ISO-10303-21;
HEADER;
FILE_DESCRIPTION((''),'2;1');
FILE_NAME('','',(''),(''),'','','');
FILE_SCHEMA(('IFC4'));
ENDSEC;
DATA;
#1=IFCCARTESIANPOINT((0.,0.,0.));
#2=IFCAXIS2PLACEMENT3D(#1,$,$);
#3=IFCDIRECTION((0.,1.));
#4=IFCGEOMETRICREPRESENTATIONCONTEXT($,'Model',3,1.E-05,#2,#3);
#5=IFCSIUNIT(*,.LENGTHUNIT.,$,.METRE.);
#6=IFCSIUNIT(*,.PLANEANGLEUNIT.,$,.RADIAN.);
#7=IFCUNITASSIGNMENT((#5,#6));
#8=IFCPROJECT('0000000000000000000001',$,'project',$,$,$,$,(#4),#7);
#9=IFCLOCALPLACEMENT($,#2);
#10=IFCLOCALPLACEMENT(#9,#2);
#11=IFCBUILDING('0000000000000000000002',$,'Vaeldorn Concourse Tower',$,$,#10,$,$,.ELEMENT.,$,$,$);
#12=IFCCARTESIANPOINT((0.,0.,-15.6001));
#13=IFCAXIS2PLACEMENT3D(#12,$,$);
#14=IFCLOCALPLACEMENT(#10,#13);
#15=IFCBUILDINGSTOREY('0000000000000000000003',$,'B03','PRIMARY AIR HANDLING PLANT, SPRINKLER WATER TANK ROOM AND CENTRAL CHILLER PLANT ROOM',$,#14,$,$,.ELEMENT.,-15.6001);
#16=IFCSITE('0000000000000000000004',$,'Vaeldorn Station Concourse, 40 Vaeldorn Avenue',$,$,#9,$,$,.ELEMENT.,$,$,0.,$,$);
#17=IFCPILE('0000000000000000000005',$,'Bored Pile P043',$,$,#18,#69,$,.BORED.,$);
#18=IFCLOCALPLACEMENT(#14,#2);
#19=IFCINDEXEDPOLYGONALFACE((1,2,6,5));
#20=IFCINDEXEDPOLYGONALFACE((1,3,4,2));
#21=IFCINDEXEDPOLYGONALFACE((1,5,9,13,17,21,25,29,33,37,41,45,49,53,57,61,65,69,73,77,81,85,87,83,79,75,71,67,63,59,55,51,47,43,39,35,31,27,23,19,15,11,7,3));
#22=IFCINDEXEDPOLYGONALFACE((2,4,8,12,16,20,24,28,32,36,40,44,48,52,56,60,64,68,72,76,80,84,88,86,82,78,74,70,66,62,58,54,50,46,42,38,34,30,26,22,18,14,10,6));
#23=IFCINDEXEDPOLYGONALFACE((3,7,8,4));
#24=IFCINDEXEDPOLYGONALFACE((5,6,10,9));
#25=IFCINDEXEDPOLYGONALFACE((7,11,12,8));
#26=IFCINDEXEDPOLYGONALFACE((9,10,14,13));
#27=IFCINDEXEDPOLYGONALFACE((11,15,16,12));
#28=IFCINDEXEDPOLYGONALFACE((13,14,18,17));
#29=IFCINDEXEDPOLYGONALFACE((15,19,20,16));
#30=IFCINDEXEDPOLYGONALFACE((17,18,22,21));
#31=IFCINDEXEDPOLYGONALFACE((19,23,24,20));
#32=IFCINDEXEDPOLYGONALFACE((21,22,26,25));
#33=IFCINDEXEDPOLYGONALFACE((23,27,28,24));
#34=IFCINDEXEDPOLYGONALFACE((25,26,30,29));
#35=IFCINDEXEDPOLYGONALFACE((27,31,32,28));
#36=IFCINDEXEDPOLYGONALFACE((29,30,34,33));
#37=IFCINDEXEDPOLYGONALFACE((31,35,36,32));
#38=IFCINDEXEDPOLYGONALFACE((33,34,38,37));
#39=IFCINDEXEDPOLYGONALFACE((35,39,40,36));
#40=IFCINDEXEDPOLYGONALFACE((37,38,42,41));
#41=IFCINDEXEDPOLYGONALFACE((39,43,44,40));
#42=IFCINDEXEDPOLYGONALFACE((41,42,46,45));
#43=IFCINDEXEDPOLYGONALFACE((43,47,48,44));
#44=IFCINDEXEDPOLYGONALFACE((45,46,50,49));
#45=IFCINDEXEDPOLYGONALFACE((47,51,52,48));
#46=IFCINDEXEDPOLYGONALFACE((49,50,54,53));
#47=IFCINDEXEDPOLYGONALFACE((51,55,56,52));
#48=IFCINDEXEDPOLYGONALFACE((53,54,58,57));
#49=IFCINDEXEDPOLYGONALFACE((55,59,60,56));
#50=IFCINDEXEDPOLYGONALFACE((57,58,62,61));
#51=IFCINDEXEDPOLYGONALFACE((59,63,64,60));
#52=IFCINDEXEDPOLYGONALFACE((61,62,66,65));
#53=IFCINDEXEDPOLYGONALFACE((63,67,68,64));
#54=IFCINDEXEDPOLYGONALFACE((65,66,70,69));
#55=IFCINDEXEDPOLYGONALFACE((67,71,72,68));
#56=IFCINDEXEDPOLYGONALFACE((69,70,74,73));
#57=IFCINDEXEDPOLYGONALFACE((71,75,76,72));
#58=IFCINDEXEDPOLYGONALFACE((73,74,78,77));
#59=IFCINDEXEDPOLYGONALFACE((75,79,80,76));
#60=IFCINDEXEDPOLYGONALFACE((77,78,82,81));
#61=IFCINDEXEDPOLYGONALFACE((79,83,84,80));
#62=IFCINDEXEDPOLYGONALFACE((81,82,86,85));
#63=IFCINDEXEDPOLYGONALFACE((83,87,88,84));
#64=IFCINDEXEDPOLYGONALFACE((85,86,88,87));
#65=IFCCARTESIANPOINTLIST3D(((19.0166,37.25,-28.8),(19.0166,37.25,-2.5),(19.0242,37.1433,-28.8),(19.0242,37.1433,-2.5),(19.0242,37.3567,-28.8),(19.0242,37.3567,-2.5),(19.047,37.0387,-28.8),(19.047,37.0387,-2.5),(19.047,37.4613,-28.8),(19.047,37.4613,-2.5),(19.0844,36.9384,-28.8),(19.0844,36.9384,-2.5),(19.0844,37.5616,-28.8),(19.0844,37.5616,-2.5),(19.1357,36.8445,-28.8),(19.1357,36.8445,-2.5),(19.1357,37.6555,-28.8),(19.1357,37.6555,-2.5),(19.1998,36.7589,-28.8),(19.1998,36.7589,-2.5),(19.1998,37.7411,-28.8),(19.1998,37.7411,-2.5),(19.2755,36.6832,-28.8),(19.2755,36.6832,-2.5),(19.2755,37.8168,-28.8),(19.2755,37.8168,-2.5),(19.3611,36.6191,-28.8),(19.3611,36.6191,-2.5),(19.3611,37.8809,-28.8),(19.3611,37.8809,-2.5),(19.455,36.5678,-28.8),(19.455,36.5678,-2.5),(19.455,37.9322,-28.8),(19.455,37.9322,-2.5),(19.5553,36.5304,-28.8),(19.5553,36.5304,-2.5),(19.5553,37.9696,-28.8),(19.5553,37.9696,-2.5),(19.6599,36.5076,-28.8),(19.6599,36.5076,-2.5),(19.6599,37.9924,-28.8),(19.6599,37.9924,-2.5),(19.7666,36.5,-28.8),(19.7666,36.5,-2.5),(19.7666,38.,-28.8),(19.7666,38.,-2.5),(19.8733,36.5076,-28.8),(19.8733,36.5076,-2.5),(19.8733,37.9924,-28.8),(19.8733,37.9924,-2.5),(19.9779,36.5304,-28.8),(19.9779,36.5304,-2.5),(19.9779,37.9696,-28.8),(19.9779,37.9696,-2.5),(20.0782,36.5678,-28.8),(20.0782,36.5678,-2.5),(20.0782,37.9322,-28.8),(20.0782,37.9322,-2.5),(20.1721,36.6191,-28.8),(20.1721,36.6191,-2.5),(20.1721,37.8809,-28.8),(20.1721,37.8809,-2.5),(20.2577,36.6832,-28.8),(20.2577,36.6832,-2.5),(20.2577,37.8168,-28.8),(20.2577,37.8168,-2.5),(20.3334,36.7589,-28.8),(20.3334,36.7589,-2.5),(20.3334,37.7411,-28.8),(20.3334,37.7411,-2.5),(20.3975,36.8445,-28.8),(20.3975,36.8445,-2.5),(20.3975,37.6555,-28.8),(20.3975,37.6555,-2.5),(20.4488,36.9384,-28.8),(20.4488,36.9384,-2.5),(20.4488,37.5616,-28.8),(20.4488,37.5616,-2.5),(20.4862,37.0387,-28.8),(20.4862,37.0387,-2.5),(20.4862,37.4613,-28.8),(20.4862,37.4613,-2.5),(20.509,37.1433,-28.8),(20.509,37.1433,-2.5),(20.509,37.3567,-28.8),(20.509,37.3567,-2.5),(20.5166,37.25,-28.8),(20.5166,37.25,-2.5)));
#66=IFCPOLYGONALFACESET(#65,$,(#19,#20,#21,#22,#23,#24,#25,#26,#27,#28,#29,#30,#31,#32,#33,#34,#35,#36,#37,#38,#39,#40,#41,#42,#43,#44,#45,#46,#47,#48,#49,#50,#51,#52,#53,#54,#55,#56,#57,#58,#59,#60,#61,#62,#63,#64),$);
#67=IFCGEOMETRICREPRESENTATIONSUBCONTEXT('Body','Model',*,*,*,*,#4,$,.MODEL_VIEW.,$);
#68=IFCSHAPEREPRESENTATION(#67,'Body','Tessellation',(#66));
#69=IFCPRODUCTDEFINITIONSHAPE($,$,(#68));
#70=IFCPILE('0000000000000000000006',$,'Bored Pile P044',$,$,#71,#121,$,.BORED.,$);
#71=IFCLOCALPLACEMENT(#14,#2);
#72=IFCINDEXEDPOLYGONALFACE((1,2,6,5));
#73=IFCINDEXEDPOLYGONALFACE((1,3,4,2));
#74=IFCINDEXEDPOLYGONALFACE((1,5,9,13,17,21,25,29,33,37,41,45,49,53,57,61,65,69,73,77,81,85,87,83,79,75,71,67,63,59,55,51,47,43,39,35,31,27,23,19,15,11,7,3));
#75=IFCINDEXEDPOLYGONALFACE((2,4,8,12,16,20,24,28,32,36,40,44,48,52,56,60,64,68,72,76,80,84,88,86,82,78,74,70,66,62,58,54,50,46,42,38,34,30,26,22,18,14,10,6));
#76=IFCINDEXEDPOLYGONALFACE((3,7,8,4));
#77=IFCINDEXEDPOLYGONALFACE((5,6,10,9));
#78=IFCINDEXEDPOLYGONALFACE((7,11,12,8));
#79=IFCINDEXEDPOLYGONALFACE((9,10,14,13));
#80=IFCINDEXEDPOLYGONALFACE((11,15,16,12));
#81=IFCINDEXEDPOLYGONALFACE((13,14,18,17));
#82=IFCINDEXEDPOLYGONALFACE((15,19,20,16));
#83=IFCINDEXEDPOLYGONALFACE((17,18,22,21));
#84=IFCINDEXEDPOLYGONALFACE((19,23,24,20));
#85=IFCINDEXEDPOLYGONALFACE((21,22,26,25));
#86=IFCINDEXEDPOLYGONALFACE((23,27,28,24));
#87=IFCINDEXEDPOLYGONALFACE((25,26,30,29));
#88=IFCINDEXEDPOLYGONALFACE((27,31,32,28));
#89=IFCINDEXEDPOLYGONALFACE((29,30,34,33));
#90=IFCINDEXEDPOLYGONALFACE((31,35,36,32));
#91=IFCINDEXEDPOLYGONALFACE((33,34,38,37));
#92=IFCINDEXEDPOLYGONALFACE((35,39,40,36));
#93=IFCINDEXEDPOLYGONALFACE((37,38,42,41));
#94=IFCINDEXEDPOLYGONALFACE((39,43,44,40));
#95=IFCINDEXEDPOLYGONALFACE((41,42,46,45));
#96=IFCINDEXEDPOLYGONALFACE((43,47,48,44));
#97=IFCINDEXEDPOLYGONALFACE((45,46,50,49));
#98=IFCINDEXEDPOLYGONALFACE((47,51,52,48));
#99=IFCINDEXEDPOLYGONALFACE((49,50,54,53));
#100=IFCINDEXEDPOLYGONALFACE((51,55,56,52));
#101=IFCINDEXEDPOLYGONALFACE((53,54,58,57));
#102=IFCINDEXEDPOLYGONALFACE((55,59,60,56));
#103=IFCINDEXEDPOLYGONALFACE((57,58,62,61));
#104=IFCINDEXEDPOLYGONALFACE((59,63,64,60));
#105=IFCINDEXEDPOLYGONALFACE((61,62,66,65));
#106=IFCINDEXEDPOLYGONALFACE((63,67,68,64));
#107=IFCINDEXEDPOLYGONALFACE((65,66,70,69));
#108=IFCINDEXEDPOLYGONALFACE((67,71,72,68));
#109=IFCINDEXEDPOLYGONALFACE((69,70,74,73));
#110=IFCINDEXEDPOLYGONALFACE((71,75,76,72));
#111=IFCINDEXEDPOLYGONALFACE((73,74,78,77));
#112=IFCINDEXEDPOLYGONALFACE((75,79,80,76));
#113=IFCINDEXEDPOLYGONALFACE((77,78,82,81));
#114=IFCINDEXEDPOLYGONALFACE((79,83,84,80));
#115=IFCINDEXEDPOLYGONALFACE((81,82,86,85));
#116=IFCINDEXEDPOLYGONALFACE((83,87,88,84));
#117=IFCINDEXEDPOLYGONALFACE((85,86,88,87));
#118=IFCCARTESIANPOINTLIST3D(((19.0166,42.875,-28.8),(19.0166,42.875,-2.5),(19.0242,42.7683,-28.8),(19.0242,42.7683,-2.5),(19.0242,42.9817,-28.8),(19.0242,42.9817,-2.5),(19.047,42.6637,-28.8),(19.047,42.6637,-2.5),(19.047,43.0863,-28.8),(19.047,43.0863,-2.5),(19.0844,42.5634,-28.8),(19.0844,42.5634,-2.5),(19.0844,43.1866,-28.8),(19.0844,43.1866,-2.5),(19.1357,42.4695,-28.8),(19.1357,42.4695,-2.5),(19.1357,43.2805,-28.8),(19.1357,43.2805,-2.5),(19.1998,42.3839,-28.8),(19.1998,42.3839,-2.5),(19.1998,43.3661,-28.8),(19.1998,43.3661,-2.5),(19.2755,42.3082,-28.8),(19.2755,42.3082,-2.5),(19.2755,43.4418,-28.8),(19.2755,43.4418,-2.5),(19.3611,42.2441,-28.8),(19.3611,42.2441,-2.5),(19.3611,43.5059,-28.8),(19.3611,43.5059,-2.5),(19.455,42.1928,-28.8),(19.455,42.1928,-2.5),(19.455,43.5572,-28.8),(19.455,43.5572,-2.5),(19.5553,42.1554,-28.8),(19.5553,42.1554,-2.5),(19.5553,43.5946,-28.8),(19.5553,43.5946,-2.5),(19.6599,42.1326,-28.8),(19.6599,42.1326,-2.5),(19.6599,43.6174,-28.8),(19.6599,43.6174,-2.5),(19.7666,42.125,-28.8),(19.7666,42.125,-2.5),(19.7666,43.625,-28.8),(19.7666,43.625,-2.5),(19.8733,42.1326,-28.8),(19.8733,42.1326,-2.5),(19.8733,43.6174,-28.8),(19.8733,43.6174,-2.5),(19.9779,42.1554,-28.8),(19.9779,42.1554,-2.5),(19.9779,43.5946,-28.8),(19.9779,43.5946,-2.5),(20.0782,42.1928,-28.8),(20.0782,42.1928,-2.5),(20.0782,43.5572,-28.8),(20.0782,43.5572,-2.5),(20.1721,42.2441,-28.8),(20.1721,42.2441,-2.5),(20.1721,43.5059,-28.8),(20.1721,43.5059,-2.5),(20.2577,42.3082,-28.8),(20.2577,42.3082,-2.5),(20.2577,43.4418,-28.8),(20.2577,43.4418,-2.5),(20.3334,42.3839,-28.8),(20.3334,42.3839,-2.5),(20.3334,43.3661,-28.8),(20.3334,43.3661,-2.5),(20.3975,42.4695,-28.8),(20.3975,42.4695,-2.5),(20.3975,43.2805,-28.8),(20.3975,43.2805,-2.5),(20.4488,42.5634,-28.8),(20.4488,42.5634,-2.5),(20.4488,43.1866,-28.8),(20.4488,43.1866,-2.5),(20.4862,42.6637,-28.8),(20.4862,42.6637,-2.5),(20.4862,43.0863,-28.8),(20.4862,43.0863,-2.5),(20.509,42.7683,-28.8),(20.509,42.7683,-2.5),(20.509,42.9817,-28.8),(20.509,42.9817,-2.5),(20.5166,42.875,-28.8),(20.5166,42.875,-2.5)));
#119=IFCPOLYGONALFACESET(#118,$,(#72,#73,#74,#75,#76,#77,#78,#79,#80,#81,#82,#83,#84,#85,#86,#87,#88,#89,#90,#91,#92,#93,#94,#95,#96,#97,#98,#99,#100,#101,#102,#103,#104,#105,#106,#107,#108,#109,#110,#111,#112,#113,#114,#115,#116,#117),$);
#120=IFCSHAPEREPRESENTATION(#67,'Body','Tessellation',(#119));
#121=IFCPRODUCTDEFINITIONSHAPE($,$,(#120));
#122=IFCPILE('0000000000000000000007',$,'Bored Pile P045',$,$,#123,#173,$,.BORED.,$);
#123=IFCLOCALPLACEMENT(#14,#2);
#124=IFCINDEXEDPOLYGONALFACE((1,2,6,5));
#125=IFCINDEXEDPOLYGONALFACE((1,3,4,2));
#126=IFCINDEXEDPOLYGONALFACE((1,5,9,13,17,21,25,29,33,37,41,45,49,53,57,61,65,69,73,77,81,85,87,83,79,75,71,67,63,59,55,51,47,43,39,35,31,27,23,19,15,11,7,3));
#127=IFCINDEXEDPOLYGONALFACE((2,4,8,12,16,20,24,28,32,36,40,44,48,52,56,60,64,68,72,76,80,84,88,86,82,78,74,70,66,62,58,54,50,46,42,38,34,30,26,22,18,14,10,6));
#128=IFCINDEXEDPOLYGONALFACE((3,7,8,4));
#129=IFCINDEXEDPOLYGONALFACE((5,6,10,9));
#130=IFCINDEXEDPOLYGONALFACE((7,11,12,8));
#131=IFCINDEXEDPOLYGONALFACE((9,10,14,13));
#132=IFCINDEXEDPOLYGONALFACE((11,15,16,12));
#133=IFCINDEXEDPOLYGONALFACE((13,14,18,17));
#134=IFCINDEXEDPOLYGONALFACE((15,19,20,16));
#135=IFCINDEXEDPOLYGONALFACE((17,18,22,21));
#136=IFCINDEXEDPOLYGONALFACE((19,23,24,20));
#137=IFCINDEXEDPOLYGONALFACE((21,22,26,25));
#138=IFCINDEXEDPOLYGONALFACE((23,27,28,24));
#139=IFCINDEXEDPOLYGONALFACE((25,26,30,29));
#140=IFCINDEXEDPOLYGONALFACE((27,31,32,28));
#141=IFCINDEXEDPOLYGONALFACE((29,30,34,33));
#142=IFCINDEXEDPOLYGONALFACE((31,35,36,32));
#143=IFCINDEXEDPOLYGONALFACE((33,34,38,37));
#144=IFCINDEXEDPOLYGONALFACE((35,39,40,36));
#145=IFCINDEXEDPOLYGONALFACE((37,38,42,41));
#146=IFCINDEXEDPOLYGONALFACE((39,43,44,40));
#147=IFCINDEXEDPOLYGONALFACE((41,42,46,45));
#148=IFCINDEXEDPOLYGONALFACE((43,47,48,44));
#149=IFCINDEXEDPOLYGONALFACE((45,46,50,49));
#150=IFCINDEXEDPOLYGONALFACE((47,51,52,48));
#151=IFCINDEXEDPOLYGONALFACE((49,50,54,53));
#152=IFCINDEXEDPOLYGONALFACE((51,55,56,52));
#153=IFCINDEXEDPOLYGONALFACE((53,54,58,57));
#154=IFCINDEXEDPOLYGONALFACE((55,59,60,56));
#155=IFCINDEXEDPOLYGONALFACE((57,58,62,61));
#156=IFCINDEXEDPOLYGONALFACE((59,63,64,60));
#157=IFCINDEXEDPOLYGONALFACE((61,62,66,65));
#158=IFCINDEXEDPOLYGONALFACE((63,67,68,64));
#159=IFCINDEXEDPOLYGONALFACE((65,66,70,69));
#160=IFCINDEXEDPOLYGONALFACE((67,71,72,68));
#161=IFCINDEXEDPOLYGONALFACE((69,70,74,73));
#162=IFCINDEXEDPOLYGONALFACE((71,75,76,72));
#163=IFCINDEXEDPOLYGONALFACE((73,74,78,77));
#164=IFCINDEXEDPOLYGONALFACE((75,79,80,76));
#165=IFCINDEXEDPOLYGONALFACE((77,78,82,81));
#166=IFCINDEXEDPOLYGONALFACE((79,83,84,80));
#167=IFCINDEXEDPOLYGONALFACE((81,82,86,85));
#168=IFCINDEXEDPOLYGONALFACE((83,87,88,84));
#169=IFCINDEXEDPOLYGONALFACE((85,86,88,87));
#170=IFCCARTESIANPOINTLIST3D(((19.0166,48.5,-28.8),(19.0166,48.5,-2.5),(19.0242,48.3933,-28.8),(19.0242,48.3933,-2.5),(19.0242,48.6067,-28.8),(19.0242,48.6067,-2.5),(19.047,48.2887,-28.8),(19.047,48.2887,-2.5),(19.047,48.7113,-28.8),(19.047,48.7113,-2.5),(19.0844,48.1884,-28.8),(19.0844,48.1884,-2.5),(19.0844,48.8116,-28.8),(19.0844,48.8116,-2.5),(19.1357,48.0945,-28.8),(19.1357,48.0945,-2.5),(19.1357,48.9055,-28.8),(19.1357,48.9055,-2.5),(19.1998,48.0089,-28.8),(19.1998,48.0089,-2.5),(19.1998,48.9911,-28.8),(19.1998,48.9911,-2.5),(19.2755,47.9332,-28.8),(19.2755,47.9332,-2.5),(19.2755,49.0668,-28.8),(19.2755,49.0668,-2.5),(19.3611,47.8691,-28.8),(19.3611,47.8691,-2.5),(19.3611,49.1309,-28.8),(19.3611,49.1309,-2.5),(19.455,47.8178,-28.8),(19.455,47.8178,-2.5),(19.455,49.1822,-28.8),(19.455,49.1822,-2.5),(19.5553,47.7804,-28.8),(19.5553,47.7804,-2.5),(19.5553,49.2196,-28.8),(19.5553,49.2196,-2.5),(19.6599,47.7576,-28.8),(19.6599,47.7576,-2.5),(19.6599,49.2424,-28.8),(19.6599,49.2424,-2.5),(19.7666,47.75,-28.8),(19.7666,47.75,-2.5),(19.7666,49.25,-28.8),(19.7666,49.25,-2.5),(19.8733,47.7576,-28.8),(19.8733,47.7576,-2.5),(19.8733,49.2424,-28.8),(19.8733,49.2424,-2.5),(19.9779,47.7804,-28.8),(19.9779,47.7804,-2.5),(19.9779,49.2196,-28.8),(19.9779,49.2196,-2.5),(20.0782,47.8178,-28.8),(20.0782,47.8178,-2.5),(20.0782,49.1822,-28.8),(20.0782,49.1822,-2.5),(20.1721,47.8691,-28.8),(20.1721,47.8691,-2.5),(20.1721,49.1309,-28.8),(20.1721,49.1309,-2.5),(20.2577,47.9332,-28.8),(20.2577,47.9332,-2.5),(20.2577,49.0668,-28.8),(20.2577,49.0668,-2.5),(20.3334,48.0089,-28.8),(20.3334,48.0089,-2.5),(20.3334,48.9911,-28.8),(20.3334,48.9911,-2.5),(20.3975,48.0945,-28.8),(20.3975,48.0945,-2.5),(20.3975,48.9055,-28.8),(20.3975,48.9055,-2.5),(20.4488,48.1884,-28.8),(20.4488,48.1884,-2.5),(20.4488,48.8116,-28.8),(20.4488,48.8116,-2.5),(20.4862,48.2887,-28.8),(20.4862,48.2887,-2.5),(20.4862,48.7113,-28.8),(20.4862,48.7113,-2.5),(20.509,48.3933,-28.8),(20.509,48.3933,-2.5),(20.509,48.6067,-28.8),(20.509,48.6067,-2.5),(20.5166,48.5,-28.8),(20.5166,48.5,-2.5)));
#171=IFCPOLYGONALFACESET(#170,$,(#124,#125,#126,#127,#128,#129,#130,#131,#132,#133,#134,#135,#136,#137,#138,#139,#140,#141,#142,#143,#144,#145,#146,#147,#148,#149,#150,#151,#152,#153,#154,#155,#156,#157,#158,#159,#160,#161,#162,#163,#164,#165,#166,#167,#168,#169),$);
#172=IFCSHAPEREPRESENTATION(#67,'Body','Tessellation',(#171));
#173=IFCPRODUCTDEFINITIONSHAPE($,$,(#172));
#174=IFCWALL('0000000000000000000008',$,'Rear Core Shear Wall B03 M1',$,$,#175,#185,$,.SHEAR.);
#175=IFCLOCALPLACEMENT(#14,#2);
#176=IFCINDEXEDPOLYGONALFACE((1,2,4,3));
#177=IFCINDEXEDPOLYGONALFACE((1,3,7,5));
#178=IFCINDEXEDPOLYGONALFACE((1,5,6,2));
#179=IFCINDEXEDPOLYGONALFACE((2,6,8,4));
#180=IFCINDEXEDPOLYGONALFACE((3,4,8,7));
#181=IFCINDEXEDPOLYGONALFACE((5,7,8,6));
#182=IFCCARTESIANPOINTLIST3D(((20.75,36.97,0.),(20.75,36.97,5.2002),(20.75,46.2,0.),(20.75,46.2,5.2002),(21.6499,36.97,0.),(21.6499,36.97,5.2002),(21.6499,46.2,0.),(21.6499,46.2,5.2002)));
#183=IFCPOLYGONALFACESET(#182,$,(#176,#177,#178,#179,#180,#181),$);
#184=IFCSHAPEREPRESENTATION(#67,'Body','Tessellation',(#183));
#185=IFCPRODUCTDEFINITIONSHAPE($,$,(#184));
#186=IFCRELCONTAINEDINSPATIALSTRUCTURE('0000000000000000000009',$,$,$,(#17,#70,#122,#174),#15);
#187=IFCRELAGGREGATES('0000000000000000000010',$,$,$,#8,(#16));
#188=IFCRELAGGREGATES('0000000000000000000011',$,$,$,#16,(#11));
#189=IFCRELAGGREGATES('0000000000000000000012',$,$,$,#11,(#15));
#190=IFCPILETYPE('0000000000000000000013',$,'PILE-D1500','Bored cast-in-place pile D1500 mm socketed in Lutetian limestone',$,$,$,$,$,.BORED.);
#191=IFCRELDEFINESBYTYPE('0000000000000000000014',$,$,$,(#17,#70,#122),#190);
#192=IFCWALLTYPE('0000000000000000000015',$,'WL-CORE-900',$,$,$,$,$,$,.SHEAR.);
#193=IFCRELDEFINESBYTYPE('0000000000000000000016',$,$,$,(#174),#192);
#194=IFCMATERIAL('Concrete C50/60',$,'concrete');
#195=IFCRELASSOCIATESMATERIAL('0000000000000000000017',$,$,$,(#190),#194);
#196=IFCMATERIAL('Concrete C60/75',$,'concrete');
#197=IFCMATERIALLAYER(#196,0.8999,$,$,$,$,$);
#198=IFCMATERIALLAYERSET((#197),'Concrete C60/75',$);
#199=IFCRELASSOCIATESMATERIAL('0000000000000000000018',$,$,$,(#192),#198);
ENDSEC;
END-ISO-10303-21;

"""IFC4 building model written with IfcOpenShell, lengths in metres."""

from ifc_helpers import new_model, si_unit, direction, frame, frame_2d, origin, origin_2d, place, context, subcontext, project, spatial, rectangle, circle, extrude, material, layer, layer_set, material_profile, profile_set, type_object, element, save


model = new_model("IFC4")

# Units and contexts
model_context = context("Model", 3, precision=1e-05, world=origin(), true_north=direction((0.0, 1.0)))
body_context = subcontext(model_context, "Body", "Model", "MODEL_VIEW")
ifc_project = project(units=[si_unit("LENGTHUNIT", "METRE"), si_unit("PLANEANGLEUNIT", "RADIAN")], contexts=[model_context])

# Site, building, storey
site_placement = place(None, origin())
site = spatial("IfcSite", under=ifc_project, at=site_placement, Name="Vaeldorn Station Concourse, 40 Vaeldorn Avenue", CompositionType="ELEMENT", RefElevation=0.0)
building_placement = place(site_placement, origin())
building = spatial("IfcBuilding", under=site, at=building_placement, Name="Vaeldorn Concourse Tower", CompositionType="ELEMENT")
storey_placement = place(building_placement, frame((0.0, 0.0, -15.6001)))
storey = spatial("IfcBuildingStorey", under=building, at=storey_placement, Name="B03", Description="PRIMARY AIR HANDLING PLANT, SPRINKLER WATER TANK ROOM AND CENTRAL CHILLER PLANT ROOM", CompositionType="ELEMENT", Elevation=-15.6001)

# Piles
ifc_material_1 = material(Name="Concrete C50/60", Category="concrete")
ifc_material_profile = material_profile(ifc_material_1, circle(Radius=0.75, at=origin_2d()), Name="BORED PILE D1500")
ifc_profile_set = profile_set([ifc_material_profile], Name="Concrete C50/60")
pile_type = type_object("IfcPileType", Name="PILE-D1500", Description="Bored cast-in-place pile D1500 mm socketed in Lutetian limestone", PredefinedType="BORED", material=ifc_profile_set)
for number, where, z_axis, x_axis, name in (
    (1, (19.7666, 37.25, -2.5), (0.0, 0.0, -1.0), (1.0, 0.0, 0.0), "Bored Pile P043"),
    (2, (19.7666, 42.875, -2.5), (0.0, 0.0, -1.0), (1.0, 0.0, 0.0), "Bored Pile P044"),
    (3, (19.7666, 48.5, -2.5), (0.0, 0.0, -1.0), (1.0, 0.0, 0.0), "Bored Pile P045"),
):
    element("IfcPile", number, at=place(storey_placement, frame(where, z_axis=z_axis, x_axis=x_axis)), inside=storey, type_object=pile_type, Name=name, PredefinedType="BORED", context=body_context, shape_type="SweptSolid", body=[
        extrude(circle(Radius=0.75, at=origin_2d()), origin(), (0.0, 0.0, 1.0), 26.3),
    ])

# Wall
ifc_material_2 = material(Name="Concrete C60/75", Category="concrete")
ifc_layer_1 = layer(ifc_material_2, 0.8999)
ifc_layer_set_1 = layer_set([ifc_layer_1], Name="Concrete C60/75")
wall_type_1 = type_object("IfcWallType", Name="WL-CORE-900", PredefinedType="SHEAR", material=ifc_layer_set_1)
wall_1_placement = place(storey_placement, frame((21.2, 36.97, 0.0), z_axis=(0.0, 0.0, 1.0), x_axis=(0.0, 1.0, 0.0)))
element("IfcWall", 4, at=wall_1_placement, inside=storey, type_object=wall_type_1, Name="Rear Core Shear Wall B03 M1", PredefinedType="SHEAR", context=body_context, shape_type="SweptSolid", body=[
    extrude(rectangle(XDim=9.23, YDim=0.8999, at=frame_2d((4.615, 0.0))), origin(), (0.0, 0.0, 1.0), 5.2002),
])

save(model, "model.ifc")
